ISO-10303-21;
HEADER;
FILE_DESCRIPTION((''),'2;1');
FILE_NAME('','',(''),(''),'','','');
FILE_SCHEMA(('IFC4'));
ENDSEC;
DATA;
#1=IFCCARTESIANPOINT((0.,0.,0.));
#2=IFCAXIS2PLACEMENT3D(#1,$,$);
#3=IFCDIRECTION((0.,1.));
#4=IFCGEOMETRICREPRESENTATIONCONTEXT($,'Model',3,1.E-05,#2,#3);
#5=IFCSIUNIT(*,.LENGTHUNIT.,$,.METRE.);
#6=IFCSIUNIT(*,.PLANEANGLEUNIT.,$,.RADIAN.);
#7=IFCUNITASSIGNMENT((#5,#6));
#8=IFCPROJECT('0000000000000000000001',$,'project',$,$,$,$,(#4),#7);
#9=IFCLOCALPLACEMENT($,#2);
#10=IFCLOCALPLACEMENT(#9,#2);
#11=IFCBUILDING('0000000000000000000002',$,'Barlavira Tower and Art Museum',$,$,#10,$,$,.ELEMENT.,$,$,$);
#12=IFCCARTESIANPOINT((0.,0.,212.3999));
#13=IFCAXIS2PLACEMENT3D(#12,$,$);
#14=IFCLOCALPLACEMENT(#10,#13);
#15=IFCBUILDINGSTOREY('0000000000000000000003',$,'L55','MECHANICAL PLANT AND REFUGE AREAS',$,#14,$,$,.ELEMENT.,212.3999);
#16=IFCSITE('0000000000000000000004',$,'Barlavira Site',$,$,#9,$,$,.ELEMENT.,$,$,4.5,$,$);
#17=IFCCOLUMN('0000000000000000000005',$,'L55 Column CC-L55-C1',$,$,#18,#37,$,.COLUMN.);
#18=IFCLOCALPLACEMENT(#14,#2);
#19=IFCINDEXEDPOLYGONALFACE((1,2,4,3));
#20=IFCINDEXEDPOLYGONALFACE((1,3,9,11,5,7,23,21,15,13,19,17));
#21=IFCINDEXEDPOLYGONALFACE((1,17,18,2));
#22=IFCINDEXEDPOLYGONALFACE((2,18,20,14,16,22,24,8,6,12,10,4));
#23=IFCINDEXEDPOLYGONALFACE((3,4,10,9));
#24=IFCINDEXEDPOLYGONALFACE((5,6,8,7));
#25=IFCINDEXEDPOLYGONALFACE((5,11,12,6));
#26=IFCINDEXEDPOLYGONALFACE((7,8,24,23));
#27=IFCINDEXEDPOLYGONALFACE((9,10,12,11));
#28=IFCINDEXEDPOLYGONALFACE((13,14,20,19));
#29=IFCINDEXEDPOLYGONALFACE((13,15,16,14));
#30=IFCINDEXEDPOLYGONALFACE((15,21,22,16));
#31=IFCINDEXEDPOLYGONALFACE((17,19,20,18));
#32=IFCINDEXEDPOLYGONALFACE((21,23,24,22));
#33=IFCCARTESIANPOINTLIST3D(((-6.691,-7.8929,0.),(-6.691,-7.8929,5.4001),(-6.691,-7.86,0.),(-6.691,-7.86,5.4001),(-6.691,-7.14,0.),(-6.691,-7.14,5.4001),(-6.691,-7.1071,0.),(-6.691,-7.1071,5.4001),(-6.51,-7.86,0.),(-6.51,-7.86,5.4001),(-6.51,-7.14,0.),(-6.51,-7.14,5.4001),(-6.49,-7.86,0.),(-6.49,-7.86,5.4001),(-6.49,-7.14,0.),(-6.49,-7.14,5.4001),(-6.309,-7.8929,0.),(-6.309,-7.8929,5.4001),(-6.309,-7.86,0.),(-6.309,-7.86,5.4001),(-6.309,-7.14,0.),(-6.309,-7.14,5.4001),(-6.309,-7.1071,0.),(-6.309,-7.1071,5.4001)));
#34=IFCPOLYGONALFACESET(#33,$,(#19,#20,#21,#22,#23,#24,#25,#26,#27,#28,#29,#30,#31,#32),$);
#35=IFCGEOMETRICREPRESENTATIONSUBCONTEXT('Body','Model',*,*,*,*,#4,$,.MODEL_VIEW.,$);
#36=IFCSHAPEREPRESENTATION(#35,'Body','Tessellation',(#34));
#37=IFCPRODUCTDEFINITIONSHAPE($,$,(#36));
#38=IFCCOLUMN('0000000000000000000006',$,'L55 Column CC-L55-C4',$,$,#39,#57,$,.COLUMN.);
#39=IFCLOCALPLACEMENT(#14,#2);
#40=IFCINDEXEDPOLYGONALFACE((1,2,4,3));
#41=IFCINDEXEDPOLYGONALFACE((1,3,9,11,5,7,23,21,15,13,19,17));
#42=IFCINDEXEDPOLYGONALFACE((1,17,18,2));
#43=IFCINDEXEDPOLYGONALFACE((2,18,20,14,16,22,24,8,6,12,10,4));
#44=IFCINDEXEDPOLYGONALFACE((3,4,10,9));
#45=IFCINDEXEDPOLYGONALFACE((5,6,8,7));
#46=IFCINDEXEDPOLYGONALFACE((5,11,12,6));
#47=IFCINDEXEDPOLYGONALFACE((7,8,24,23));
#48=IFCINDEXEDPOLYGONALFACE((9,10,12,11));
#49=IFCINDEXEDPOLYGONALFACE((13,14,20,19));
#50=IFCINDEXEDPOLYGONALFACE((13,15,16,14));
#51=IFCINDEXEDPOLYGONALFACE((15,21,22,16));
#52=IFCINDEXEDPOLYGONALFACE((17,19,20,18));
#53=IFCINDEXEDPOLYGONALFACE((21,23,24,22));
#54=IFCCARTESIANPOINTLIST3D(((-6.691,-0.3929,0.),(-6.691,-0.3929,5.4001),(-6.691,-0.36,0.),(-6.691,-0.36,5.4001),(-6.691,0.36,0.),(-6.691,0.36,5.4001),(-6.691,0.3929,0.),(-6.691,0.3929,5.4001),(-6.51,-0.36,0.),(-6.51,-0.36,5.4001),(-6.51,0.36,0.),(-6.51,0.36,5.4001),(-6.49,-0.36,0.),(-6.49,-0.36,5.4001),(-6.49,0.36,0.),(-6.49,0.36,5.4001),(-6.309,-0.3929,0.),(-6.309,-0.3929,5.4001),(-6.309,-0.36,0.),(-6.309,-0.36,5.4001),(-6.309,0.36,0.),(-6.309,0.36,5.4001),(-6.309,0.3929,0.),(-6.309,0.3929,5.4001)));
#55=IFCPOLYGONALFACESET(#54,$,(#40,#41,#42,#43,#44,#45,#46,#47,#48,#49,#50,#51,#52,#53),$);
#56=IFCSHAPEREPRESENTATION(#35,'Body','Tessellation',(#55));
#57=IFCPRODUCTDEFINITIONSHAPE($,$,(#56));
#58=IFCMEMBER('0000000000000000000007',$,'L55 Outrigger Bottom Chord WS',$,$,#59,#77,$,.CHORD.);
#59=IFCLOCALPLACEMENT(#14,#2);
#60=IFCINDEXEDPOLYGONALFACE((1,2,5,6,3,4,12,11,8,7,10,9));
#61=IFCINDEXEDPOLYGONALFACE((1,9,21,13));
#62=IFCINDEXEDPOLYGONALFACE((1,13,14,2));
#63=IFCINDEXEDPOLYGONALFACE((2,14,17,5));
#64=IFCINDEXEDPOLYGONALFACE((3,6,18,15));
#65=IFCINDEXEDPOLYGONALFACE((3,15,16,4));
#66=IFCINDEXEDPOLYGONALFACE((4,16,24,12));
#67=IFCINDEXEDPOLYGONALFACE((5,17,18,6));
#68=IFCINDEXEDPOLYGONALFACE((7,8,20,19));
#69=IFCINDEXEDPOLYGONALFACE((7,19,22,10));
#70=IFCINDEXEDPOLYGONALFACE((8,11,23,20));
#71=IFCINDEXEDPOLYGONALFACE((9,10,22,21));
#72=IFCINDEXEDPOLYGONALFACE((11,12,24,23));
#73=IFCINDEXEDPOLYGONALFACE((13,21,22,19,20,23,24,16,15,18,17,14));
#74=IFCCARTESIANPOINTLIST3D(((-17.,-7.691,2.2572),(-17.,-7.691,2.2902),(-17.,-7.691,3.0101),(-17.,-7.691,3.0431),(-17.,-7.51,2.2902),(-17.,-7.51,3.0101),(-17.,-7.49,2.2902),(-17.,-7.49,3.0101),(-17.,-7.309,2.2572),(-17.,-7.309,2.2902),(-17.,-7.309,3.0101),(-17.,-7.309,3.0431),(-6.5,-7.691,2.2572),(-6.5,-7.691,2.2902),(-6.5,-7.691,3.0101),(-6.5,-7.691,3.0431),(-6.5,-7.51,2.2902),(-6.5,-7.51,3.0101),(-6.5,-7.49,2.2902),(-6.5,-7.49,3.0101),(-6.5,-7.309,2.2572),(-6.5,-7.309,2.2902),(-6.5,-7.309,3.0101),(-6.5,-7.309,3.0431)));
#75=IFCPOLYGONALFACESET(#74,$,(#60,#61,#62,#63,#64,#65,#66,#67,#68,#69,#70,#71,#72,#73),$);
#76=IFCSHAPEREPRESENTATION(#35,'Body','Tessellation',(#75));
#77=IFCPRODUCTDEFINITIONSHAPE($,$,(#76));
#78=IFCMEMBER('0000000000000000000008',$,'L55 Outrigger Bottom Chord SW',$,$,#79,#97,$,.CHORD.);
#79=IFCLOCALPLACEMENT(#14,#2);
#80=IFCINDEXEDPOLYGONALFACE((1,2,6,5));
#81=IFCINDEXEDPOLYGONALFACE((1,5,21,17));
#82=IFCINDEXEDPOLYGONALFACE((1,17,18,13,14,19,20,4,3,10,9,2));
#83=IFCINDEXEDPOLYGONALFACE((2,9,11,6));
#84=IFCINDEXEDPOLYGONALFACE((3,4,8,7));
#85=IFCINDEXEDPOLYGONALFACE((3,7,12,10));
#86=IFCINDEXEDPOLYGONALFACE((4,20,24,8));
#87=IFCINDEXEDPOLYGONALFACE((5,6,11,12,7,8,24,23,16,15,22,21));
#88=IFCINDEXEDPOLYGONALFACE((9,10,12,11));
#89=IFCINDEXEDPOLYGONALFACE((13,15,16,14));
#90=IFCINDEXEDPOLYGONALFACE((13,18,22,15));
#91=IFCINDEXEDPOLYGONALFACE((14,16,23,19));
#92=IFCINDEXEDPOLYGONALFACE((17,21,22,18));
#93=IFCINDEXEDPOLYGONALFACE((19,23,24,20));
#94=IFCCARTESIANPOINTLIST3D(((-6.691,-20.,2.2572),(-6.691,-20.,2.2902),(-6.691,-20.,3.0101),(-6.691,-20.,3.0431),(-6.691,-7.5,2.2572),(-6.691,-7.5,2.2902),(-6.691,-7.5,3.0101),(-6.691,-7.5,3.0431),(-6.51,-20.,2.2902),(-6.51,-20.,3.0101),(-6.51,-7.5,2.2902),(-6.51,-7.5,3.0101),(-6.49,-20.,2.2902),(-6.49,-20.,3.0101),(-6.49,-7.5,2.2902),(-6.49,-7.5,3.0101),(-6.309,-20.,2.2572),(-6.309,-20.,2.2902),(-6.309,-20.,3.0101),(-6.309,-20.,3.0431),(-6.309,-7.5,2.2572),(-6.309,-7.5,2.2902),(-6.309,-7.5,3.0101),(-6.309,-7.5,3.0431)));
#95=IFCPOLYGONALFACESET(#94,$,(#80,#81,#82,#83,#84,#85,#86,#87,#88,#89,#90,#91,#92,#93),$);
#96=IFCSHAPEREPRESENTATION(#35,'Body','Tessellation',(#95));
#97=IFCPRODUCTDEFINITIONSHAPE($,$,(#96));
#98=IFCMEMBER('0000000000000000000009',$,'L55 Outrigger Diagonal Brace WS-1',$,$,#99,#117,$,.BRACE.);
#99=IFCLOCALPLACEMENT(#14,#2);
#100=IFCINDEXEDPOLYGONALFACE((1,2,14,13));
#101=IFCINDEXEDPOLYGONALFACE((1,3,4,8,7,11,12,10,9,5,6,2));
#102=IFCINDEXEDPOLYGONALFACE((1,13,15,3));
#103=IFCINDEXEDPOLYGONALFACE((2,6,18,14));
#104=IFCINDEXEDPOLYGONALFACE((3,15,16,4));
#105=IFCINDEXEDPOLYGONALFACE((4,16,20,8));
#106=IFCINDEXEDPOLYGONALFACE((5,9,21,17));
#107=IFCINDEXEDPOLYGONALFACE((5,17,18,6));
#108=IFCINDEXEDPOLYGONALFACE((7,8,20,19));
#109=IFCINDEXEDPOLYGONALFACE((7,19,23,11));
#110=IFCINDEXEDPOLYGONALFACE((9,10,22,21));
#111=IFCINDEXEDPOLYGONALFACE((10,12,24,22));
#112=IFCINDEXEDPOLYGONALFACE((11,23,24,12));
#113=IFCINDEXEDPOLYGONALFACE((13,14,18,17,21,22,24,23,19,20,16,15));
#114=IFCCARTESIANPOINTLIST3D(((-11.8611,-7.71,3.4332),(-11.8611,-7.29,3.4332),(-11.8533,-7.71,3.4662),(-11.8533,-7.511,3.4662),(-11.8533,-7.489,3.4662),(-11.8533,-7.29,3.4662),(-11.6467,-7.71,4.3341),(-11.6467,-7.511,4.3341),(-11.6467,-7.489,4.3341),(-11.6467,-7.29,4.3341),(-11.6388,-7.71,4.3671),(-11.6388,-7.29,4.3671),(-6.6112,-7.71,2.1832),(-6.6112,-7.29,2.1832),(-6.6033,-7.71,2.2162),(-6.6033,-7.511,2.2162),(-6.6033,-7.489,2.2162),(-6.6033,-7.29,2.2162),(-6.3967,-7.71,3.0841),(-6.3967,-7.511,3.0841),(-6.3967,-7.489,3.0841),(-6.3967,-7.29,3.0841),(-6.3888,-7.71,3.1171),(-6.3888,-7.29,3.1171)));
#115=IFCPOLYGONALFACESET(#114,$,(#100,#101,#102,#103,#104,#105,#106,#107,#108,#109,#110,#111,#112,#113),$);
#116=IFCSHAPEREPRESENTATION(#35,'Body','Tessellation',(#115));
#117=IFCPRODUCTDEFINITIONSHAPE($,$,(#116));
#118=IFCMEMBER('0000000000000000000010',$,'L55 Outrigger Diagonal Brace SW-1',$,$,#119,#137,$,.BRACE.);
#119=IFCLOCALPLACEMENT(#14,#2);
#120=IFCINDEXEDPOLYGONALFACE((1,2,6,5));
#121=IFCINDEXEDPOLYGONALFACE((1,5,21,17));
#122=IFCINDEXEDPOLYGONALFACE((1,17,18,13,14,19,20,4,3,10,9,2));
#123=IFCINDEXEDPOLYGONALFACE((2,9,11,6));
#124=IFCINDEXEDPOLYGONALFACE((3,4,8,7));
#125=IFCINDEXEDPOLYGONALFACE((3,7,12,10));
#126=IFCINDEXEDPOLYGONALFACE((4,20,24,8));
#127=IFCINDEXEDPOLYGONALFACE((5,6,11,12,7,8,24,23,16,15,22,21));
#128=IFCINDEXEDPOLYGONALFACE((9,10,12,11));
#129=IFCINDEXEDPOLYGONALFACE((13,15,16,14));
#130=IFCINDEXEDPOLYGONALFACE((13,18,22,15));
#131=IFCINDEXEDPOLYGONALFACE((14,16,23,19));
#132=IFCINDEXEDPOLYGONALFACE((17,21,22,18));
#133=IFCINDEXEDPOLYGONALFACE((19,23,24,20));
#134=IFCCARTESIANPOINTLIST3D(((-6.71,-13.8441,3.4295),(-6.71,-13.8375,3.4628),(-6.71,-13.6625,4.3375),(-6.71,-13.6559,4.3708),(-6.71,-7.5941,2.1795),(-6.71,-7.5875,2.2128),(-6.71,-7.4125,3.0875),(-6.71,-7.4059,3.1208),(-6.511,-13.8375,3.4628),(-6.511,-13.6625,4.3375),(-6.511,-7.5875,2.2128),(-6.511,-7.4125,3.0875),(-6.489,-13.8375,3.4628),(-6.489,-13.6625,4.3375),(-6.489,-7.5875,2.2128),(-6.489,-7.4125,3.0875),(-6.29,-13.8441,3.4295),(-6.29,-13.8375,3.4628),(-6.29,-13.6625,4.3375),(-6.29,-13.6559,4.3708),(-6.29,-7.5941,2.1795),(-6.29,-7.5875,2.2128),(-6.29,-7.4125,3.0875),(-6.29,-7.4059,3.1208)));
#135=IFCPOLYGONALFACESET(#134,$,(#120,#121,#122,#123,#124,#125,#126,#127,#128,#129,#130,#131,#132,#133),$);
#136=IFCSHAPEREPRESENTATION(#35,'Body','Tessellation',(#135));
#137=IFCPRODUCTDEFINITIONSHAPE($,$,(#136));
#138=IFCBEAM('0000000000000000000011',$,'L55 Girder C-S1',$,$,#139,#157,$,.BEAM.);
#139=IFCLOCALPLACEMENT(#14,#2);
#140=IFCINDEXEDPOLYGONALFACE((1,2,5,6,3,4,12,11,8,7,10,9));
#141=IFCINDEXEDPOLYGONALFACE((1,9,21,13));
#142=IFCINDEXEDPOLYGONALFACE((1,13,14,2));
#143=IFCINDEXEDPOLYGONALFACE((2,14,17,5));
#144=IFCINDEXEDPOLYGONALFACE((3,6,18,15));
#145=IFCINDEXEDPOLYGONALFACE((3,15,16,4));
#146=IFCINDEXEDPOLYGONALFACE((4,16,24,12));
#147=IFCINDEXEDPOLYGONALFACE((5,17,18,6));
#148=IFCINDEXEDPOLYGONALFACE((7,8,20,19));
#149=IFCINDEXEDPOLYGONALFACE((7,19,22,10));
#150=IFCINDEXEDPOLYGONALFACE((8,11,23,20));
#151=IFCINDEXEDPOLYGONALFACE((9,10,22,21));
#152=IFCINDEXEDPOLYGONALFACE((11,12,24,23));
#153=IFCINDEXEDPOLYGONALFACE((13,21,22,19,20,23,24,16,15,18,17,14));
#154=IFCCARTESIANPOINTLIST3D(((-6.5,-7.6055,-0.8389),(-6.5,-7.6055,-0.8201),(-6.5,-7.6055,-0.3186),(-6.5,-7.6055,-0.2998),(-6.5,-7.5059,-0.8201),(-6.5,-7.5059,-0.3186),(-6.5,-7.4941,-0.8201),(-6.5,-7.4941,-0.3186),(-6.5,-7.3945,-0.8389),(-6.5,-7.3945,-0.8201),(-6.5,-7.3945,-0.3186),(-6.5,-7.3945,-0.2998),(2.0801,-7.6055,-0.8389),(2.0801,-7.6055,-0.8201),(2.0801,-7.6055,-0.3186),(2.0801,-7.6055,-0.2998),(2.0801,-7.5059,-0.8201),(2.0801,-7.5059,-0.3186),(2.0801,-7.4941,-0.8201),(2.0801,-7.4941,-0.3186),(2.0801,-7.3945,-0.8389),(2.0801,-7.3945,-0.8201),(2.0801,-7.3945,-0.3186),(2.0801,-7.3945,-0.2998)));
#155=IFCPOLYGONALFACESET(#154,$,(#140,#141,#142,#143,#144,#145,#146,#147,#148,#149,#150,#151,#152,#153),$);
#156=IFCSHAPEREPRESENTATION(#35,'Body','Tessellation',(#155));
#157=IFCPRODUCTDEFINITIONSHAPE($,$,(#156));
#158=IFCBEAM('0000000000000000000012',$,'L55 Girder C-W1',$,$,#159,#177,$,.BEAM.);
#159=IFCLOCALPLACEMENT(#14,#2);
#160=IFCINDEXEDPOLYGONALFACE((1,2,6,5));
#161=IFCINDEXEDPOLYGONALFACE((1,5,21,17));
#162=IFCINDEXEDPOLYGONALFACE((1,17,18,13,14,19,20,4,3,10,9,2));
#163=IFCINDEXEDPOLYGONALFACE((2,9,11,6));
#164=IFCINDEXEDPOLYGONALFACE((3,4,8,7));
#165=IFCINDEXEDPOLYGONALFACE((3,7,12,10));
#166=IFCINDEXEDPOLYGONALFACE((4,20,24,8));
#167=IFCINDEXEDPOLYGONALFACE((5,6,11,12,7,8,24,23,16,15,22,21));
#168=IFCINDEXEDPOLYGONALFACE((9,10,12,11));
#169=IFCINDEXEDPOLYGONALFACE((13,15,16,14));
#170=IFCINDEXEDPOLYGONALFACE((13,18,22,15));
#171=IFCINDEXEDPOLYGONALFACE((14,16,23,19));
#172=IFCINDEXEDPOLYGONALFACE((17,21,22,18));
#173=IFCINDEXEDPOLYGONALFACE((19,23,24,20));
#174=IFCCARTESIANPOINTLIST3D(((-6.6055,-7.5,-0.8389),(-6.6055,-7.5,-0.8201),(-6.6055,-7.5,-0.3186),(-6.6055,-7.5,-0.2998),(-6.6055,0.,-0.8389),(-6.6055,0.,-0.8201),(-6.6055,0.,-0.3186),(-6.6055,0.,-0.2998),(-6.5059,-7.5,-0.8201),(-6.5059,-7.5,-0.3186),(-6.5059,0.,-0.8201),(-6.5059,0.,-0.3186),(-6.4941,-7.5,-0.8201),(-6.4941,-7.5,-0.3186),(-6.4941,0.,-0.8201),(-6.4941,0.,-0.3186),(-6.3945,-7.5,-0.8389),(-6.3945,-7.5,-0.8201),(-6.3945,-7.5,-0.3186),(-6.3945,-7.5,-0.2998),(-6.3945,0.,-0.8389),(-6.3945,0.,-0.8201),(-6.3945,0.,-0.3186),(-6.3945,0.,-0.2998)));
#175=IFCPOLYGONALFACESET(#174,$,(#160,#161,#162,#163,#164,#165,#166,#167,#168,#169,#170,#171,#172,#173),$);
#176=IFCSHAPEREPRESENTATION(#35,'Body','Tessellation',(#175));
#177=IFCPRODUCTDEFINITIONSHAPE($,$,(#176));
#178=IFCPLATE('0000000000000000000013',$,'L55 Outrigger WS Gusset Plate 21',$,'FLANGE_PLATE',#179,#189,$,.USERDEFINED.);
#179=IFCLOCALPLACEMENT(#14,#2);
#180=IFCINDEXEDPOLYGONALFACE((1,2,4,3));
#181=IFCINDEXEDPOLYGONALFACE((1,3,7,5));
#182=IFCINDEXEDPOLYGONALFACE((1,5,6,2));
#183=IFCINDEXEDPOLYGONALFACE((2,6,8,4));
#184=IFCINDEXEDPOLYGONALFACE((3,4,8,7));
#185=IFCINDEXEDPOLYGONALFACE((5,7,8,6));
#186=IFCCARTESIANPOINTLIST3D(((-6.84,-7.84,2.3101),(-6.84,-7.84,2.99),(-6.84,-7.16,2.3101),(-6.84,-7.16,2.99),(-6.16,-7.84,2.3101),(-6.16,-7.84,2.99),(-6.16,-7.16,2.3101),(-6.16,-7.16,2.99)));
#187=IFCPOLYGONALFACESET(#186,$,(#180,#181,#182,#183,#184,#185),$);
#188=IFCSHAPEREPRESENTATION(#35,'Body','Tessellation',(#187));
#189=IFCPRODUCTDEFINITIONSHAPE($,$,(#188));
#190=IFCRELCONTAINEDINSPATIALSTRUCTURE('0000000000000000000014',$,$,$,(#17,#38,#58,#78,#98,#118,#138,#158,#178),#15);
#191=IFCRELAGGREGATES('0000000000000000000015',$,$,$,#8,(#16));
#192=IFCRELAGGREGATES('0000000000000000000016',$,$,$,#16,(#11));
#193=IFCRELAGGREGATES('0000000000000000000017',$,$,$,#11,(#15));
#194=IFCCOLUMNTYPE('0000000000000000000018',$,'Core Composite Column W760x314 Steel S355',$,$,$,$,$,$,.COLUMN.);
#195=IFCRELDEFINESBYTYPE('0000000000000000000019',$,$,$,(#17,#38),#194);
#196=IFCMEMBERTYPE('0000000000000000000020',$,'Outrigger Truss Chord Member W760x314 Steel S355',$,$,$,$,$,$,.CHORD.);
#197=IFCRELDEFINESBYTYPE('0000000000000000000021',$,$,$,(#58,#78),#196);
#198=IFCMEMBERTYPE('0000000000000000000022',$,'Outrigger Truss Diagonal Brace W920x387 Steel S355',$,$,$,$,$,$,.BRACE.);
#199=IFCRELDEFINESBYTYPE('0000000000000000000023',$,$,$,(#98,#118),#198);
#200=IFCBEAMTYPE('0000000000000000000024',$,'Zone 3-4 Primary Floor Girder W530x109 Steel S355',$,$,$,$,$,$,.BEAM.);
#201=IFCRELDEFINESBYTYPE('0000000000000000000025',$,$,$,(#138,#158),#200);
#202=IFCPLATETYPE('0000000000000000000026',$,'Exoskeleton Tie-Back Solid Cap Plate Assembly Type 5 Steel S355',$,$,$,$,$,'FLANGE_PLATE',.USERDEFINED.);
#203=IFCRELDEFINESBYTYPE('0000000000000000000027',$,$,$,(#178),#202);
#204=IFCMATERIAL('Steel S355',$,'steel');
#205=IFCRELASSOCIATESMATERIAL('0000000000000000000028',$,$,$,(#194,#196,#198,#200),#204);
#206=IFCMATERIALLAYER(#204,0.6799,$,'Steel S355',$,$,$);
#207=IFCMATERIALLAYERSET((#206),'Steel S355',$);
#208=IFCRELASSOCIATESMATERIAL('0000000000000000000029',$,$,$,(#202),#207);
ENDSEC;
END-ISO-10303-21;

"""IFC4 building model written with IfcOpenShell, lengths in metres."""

from ifc_helpers import new_model, si_unit, direction, frame, origin, origin_2d, place, context, subcontext, project, spatial, rectangle, i_section, extrude, material, layer, layer_set, material_profile, profile_set, type_object, element, save


model = new_model("IFC4")

# Units and contexts
model_context = context("Model", 3, precision=1e-05, world=origin(), true_north=direction((0.0, 1.0)))
body_context = subcontext(model_context, "Body", "Model", "MODEL_VIEW")
ifc_project = project(units=[si_unit("LENGTHUNIT", "METRE"), si_unit("PLANEANGLEUNIT", "RADIAN")], contexts=[model_context])

# Site, building, storey
site_placement = place(None, origin())
site = spatial("IfcSite", under=ifc_project, at=site_placement, Name="Barlavira Site", CompositionType="ELEMENT", RefElevation=4.5)
building_placement = place(site_placement, origin())
building = spatial("IfcBuilding", under=site, at=building_placement, Name="Barlavira Tower and Art Museum", CompositionType="ELEMENT")
storey_placement = place(building_placement, frame((0.0, 0.0, 212.3999)))
storey = spatial("IfcBuildingStorey", under=building, at=storey_placement, Name="L55", Description="MECHANICAL PLANT AND REFUGE AREAS", CompositionType="ELEMENT", Elevation=212.3999)

# Columns
ifc_material_1 = material(Name="Steel S355", Category="steel")
ifc_material_profile_1 = material_profile(ifc_material_1, i_section(OverallWidth=0.3821, OverallDepth=0.7859, WebThickness=0.02, FlangeThickness=0.033, at=origin_2d()), Name="W760x314.0")
ifc_profile_set_1 = profile_set([ifc_material_profile_1], Name="Steel S355")
column_type = type_object("IfcColumnType", Name="Core Composite Column W760x314 Steel S355", PredefinedType="COLUMN", material=ifc_profile_set_1)
for number, where, z_axis, x_axis, name in (
    (1, (-6.5, -7.5, 0.0), (0.0, 0.0, 1.0), (1.0, 0.0, 0.0), "L55 Column CC-L55-C1"),
    (2, (-6.5, 0.0, 0.0), (0.0, 0.0, 1.0), (1.0, 0.0, 0.0), "L55 Column CC-L55-C4"),
):
    element("IfcColumn", number, at=place(storey_placement, frame(where, z_axis=z_axis, x_axis=x_axis)), inside=storey, type_object=column_type, Name=name, PredefinedType="COLUMN", context=body_context, shape_type="SweptSolid", body=[
        extrude(i_section(OverallWidth=0.3821, OverallDepth=0.7859, WebThickness=0.02, FlangeThickness=0.033, at=origin_2d()), origin(), (0.0, 0.0, 1.0), 5.4001),
    ])

# Members
ifc_material_profile_2 = material_profile(ifc_material_1, i_section(OverallWidth=0.3821, OverallDepth=0.7859, WebThickness=0.02, FlangeThickness=0.033, at=origin_2d()), Name="W760x314.0")
ifc_profile_set_2 = profile_set([ifc_material_profile_2], Name="Steel S355")
member_type_1 = type_object("IfcMemberType", Name="Outrigger Truss Chord Member W760x314 Steel S355", PredefinedType="CHORD", material=ifc_profile_set_2)
member_1_placement = place(storey_placement, frame((-6.5, -7.5, 2.6501), z_axis=(-1.0, 0.0, 0.0), x_axis=(0.0, -1.0, 0.0)))
element("IfcMember", 3, at=member_1_placement, inside=storey, type_object=member_type_1, Name="L55 Outrigger Bottom Chord WS", PredefinedType="CHORD", context=body_context, shape_type="SweptSolid", body=[
    extrude(i_section(OverallWidth=0.3821, OverallDepth=0.7859, WebThickness=0.02, FlangeThickness=0.033, at=origin_2d()), origin(), (0.0, 0.0, 1.0), 10.5),
])
member_2_placement = place(storey_placement, frame((-6.5, -7.5, 2.6501), z_axis=(0.0, -1.0, 0.0), x_axis=(1.0, 0.0, 0.0)))
element("IfcMember", 4, at=member_2_placement, inside=storey, type_object=member_type_1, Name="L55 Outrigger Bottom Chord SW", PredefinedType="CHORD", context=body_context, shape_type="SweptSolid", body=[
    extrude(i_section(OverallWidth=0.3821, OverallDepth=0.7859, WebThickness=0.02, FlangeThickness=0.033, at=origin_2d()), origin(), (0.0, 0.0, 1.0), 12.5),
])
ifc_material_profile_3 = material_profile(ifc_material_1, i_section(OverallWidth=0.4199, OverallDepth=0.96, WebThickness=0.022, FlangeThickness=0.0339, at=origin_2d()), Name="W920x387.0")
ifc_profile_set_3 = profile_set([ifc_material_profile_3], Name="Steel S355")
member_type_2 = type_object("IfcMemberType", Name="Outrigger Truss Diagonal Brace W920x387 Steel S355", PredefinedType="BRACE", material=ifc_profile_set_3)
member_3_placement = place(storey_placement, frame((-6.5, -7.5, 2.6501), z_axis=(-0.972806, 0.0, 0.231621), x_axis=(0.0, -1.0, 0.0)))
element("IfcMember", 5, at=member_3_placement, inside=storey, type_object=member_type_2, Name="L55 Outrigger Diagonal Brace WS-1", PredefinedType="BRACE", context=body_context, shape_type="SweptSolid", body=[
    extrude(i_section(OverallWidth=0.4199, OverallDepth=0.96, WebThickness=0.022, FlangeThickness=0.0339, at=origin_2d()), origin(), (0.0, 0.0, 1.0), 5.3967),
])
member_4_placement = place(storey_placement, frame((-6.5, -7.5, 2.6501), z_axis=(0.0, -0.980581, 0.196116), x_axis=(1.0, 0.0, 0.0)))
element("IfcMember", 6, at=member_4_placement, inside=storey, type_object=member_type_2, Name="L55 Outrigger Diagonal Brace SW-1", PredefinedType="BRACE", context=body_context, shape_type="SweptSolid", body=[
    extrude(i_section(OverallWidth=0.4199, OverallDepth=0.96, WebThickness=0.022, FlangeThickness=0.0339, at=origin_2d()), origin(), (0.0, 0.0, 1.0), 6.3738),
])

# Beams
ifc_material_profile_4 = material_profile(ifc_material_1, i_section(OverallWidth=0.2109, OverallDepth=0.5391, WebThickness=0.0117, FlangeThickness=0.0188, at=origin_2d()), Name="W530x109.0")
ifc_profile_set_4 = profile_set([ifc_material_profile_4], Name="Steel S355")
beam_type = type_object("IfcBeamType", Name="Zone 3-4 Primary Floor Girder W530x109 Steel S355", PredefinedType="BEAM", material=ifc_profile_set_4)
beam_1_placement = place(storey_placement, frame((-6.5, -7.5, -0.5693), z_axis=(1.0, 0.0, 0.0), x_axis=(0.0, 1.0, 0.0)))
element("IfcBeam", 7, at=beam_1_placement, inside=storey, type_object=beam_type, Name="L55 Girder C-S1", PredefinedType="BEAM", context=body_context, shape_type="SweptSolid", body=[
    extrude(i_section(OverallWidth=0.2109, OverallDepth=0.5391, WebThickness=0.0117, FlangeThickness=0.0188, at=origin_2d()), origin(), (0.0, 0.0, 1.0), 8.5801),
])
beam_2_placement = place(storey_placement, frame((-6.5, -7.5, -0.5693), z_axis=(0.0, 1.0, 0.0), x_axis=(-1.0, 0.0, 0.0)))
element("IfcBeam", 8, at=beam_2_placement, inside=storey, type_object=beam_type, Name="L55 Girder C-W1", PredefinedType="BEAM", context=body_context, shape_type="SweptSolid", body=[
    extrude(i_section(OverallWidth=0.2109, OverallDepth=0.5391, WebThickness=0.0117, FlangeThickness=0.0188, at=origin_2d()), origin(), (0.0, 0.0, 1.0), 7.5),
])

# Plate
ifc_layer_1 = layer(ifc_material_1, 0.6799, Name="Steel S355")
ifc_layer_set_1 = layer_set([ifc_layer_1], Name="Steel S355")
plate_type = type_object("IfcPlateType", Name="Exoskeleton Tie-Back Solid Cap Plate Assembly Type 5 Steel S355", ElementType="FLANGE_PLATE", PredefinedType="USERDEFINED", material=ifc_layer_set_1)
plate_placement = place(storey_placement, frame((-6.5, -7.5, 2.3101), z_axis=(0.0, 0.0, 1.0), x_axis=(1.0, 0.0, 0.0)))
element("IfcPlate", 9, at=plate_placement, inside=storey, type_object=plate_type, Name="L55 Outrigger WS Gusset Plate 21", ObjectType="FLANGE_PLATE", PredefinedType="USERDEFINED", context=body_context, shape_type="SweptSolid", body=[
    extrude(rectangle(XDim=0.6799, YDim=0.6799, at=origin_2d()), origin(), (0.0, 0.0, 1.0), 0.6799),
])

save(model, "model.ifc")
